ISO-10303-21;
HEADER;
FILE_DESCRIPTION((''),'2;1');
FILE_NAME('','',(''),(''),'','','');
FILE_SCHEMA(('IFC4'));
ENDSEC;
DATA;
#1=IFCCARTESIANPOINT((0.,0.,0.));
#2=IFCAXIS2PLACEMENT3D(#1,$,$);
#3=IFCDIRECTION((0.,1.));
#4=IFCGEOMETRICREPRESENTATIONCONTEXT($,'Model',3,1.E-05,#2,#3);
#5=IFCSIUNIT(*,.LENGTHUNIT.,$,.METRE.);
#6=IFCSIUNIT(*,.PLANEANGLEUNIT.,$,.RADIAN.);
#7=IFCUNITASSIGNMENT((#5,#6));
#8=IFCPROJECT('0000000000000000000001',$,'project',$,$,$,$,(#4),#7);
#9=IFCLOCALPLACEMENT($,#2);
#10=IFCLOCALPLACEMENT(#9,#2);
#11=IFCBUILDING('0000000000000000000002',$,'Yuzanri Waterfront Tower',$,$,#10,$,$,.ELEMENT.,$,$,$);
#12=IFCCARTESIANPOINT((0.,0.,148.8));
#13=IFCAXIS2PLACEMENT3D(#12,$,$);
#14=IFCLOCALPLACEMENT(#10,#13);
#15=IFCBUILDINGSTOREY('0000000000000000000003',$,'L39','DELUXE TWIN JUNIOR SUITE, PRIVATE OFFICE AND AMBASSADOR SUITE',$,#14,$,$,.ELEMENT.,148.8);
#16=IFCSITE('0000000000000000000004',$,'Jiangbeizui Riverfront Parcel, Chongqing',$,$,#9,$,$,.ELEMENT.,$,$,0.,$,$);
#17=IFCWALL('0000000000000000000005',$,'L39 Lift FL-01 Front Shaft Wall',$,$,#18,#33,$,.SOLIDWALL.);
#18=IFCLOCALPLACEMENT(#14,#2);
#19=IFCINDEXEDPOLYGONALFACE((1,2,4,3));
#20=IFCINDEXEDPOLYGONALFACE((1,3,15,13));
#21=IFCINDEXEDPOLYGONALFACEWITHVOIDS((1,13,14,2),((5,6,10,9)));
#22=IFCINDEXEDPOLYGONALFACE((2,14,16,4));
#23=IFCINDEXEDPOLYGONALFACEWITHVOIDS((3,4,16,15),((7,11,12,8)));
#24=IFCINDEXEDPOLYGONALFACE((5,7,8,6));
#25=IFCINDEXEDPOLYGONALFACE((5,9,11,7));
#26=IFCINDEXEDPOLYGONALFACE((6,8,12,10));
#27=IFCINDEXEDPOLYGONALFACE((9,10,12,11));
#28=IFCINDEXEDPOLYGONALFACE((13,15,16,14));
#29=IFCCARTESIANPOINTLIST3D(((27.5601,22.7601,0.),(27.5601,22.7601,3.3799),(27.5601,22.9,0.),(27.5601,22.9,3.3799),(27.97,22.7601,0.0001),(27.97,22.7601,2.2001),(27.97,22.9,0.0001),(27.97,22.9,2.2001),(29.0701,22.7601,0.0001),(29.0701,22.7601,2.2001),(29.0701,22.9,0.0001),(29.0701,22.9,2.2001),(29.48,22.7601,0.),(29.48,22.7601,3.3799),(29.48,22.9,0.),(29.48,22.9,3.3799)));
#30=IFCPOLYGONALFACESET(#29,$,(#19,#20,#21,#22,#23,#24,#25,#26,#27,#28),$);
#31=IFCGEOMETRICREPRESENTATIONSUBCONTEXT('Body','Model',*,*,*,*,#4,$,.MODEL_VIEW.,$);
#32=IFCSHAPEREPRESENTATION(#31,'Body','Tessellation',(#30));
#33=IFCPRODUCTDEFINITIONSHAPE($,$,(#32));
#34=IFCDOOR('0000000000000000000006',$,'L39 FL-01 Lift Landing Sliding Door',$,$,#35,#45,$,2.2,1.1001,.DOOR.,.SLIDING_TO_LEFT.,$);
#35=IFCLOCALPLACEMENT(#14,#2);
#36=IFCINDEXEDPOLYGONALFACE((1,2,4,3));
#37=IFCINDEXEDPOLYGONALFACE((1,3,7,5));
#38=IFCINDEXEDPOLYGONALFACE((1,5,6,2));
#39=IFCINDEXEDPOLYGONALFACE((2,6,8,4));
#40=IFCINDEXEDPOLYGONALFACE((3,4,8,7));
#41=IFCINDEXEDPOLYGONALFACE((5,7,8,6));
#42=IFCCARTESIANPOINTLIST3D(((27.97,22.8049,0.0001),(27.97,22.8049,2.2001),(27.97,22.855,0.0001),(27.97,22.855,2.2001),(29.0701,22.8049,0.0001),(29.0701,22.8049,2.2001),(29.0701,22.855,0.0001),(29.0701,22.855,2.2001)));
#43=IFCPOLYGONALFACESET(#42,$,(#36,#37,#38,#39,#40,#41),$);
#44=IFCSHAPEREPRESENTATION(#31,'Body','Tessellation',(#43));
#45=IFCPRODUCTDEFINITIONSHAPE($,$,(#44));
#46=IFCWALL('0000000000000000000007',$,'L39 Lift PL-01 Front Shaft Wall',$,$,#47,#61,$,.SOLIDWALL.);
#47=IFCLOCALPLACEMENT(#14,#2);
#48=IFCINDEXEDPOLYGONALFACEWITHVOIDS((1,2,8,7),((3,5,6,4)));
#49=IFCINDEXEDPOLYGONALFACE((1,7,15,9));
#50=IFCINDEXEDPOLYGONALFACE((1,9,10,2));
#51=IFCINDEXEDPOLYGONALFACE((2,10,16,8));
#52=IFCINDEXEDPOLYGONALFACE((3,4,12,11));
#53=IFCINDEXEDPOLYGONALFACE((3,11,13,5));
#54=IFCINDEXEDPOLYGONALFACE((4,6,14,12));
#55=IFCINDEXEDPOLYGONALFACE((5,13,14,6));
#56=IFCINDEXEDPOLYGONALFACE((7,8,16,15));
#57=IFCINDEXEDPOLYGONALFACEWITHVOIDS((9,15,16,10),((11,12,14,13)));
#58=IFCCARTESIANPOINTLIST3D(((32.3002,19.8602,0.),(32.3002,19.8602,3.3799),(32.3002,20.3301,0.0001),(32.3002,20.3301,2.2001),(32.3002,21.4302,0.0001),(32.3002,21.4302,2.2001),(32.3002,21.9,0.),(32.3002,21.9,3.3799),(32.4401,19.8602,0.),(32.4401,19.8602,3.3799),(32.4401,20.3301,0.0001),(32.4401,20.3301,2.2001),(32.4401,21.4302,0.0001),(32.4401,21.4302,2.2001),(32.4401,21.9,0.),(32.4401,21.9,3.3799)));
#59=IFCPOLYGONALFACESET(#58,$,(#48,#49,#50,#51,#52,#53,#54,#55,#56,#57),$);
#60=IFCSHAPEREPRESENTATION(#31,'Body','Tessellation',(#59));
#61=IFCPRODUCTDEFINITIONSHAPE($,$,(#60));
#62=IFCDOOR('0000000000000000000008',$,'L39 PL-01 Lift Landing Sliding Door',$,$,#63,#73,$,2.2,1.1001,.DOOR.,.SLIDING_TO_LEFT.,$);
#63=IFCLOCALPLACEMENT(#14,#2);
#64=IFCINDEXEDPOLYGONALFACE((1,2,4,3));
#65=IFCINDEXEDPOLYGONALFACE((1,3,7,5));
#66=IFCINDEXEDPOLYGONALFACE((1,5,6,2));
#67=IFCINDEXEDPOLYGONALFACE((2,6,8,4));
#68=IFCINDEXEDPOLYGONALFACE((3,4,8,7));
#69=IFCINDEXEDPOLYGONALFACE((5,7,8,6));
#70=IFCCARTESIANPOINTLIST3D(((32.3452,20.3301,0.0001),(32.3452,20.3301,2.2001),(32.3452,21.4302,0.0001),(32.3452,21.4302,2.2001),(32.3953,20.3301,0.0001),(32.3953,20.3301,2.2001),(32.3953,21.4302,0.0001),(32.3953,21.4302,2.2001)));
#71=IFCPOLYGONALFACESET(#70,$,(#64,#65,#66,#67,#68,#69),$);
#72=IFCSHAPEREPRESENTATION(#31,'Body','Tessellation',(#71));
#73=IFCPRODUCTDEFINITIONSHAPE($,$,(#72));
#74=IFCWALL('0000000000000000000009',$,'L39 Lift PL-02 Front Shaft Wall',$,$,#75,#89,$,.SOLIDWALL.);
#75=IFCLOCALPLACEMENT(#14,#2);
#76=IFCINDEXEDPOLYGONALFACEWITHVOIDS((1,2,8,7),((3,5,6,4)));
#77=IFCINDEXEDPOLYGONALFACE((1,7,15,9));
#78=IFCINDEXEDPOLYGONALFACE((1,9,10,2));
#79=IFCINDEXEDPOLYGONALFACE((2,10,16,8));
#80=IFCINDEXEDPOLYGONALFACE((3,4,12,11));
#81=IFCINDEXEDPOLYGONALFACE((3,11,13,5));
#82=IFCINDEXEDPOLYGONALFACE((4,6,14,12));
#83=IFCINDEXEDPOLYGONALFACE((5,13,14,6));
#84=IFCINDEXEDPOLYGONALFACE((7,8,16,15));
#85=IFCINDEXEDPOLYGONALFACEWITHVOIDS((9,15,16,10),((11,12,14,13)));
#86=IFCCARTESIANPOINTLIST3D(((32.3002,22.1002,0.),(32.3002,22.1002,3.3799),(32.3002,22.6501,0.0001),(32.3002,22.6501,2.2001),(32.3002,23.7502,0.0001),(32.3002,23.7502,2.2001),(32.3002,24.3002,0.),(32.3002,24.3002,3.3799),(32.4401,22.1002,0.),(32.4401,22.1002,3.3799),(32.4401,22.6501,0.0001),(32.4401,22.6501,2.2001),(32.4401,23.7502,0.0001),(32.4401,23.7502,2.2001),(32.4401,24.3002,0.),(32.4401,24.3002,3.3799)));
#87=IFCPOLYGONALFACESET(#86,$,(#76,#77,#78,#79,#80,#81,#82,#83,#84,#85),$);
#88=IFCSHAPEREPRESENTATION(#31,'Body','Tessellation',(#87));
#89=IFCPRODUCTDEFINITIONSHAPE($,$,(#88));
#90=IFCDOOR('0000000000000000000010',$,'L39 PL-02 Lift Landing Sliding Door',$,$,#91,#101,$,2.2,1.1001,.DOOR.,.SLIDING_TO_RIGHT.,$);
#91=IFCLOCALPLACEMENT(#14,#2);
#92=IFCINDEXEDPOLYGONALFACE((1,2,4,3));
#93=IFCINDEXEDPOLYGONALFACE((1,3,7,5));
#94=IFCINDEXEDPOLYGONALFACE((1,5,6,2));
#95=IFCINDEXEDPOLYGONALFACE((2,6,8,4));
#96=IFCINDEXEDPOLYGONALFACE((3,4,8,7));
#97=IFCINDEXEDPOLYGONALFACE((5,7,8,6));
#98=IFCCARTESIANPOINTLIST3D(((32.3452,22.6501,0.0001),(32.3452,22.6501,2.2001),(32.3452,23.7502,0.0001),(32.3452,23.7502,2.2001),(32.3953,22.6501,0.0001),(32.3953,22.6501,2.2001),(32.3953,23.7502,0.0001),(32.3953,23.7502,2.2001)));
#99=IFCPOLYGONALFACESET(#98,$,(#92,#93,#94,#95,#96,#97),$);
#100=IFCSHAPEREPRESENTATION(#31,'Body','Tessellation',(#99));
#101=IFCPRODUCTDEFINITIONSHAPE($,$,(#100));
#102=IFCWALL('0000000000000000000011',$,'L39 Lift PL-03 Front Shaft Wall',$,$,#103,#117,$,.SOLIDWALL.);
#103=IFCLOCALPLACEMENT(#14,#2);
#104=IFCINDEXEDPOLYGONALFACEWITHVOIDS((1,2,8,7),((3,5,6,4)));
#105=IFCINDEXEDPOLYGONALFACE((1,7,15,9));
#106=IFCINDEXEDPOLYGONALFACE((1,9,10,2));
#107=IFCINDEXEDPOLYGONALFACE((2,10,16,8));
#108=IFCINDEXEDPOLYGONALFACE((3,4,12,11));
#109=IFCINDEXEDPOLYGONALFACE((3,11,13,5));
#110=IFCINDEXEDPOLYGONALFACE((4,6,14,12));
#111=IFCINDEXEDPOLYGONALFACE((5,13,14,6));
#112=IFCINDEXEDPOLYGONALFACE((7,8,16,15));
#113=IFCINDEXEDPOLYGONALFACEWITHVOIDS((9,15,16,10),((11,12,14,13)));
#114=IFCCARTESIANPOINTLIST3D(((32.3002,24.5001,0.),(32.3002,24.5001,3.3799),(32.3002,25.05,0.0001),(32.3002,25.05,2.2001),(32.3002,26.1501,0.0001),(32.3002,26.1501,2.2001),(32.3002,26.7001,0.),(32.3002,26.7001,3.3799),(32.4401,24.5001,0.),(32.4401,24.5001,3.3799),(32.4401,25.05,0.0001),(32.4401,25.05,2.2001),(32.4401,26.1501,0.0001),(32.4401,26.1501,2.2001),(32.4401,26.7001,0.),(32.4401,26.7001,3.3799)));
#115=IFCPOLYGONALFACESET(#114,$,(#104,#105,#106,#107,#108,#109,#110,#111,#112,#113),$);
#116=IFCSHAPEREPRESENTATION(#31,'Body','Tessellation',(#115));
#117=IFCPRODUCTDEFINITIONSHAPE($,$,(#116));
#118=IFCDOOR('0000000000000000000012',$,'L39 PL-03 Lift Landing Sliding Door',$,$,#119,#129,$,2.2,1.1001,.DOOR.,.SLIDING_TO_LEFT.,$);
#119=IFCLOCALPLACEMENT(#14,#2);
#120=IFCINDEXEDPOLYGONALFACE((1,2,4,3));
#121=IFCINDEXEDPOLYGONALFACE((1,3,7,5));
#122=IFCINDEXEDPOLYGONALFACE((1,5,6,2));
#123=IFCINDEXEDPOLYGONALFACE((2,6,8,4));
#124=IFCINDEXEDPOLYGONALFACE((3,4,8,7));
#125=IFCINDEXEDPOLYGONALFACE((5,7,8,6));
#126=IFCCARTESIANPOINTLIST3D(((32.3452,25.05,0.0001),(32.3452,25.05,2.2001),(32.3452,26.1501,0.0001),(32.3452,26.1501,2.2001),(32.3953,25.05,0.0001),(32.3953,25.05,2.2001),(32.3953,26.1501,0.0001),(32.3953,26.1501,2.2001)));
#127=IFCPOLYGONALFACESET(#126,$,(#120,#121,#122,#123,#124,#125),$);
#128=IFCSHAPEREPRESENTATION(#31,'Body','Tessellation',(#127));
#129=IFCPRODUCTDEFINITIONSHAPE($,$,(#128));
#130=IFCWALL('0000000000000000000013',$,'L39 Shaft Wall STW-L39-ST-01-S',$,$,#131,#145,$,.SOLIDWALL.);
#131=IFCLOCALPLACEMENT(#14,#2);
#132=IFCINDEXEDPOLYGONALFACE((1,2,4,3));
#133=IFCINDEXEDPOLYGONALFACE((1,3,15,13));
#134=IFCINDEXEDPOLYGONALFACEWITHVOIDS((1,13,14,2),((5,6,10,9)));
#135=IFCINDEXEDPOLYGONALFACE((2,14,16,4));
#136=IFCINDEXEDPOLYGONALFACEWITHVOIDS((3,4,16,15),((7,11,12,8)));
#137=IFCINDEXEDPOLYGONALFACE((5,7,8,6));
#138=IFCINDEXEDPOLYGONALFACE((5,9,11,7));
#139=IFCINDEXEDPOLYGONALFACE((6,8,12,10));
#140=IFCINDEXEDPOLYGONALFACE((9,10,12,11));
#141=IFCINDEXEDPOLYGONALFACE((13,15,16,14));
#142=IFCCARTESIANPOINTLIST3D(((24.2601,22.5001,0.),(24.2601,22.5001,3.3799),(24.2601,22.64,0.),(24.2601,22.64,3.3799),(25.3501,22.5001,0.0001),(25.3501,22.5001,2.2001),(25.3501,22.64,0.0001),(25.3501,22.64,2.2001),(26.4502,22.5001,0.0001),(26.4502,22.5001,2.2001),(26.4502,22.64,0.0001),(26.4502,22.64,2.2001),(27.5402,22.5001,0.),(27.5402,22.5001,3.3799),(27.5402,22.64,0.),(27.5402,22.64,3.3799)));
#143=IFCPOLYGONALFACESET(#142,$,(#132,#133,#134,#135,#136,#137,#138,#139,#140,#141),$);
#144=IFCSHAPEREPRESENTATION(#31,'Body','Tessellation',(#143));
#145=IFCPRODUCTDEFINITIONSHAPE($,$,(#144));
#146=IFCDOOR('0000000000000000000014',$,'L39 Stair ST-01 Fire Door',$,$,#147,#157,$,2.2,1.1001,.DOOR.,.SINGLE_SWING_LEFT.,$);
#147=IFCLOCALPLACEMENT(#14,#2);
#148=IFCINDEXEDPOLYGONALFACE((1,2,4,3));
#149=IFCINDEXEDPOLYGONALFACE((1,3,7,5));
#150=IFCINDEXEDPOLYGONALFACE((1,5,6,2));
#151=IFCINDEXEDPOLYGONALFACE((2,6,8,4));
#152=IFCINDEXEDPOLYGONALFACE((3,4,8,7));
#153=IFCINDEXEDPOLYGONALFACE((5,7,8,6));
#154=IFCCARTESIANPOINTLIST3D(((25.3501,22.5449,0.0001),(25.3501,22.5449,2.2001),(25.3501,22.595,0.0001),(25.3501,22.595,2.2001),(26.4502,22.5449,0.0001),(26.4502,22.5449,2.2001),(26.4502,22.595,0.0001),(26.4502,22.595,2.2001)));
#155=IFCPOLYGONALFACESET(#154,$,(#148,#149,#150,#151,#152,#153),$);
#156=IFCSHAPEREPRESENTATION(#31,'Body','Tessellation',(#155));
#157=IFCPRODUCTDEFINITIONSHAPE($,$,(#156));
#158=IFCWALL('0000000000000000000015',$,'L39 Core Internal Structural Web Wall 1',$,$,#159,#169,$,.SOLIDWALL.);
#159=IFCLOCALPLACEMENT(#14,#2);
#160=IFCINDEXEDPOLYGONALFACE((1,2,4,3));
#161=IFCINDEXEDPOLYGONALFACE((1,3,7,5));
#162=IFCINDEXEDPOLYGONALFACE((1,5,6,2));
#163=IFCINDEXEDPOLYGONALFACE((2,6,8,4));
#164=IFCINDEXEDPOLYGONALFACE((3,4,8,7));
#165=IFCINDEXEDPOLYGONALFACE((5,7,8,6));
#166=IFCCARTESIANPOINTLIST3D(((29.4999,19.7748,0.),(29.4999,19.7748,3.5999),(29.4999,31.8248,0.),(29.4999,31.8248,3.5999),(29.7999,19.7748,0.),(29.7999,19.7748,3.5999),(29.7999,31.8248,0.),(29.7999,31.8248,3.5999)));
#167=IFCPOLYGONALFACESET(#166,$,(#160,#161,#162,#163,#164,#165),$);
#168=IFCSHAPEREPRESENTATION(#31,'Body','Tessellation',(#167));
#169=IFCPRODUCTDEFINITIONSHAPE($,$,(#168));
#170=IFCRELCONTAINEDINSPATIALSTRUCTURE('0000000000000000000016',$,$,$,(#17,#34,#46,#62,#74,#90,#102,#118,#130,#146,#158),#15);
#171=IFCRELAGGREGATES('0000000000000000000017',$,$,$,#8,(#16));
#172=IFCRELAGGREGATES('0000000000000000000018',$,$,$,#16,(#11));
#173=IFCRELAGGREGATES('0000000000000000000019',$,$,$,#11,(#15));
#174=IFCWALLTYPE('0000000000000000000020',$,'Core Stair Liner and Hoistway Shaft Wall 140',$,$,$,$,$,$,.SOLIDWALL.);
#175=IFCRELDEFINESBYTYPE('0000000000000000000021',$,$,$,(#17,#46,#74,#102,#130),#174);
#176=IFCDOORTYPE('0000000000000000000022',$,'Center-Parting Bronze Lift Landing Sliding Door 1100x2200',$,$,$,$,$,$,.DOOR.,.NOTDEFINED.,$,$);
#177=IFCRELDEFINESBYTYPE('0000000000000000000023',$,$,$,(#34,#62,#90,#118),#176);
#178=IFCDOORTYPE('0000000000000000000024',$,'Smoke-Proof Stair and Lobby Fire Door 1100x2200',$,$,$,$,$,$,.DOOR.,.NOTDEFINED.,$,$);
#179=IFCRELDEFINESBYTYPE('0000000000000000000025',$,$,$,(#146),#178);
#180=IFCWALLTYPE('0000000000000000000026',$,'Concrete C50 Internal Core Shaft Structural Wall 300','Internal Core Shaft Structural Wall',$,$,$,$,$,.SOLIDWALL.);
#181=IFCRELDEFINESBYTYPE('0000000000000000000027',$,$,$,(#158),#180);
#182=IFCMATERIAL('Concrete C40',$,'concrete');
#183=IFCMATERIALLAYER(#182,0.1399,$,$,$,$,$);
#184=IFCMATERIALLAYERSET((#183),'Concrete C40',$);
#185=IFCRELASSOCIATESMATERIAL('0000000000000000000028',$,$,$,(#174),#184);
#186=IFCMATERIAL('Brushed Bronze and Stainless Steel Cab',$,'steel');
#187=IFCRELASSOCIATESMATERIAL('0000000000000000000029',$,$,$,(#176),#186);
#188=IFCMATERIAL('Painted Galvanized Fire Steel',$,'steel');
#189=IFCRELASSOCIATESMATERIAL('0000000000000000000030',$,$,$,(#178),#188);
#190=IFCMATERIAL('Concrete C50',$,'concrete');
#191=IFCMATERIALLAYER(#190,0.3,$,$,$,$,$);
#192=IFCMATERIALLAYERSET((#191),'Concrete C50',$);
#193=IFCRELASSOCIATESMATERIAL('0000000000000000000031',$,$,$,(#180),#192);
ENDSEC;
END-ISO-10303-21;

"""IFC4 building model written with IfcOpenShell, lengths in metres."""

from ifc_helpers import new_model, si_unit, direction, frame, frame_2d, origin, place, context, subcontext, project, spatial, rectangle, extrude, source, transform, mapped, material, layer, layer_set, type_object, element, fill, save


model = new_model("IFC4")

# Units and contexts
model_context = context("Model", 3, precision=1e-05, world=origin(), true_north=direction((0.0, 1.0)))
body_context = subcontext(model_context, "Body", "Model", "MODEL_VIEW")
ifc_project = project(units=[si_unit("LENGTHUNIT", "METRE"), si_unit("PLANEANGLEUNIT", "RADIAN")], contexts=[model_context])

# Site, building, storey
site_placement = place(None, origin())
site = spatial("IfcSite", under=ifc_project, at=site_placement, Name="Jiangbeizui Riverfront Parcel, Chongqing", CompositionType="ELEMENT", RefElevation=0.0)
building_placement = place(site_placement, origin())
building = spatial("IfcBuilding", under=site, at=building_placement, Name="Yuzanri Waterfront Tower", CompositionType="ELEMENT")
storey_placement = place(building_placement, frame((0.0, 0.0, 148.8)))
storey = spatial("IfcBuildingStorey", under=building, at=storey_placement, Name="L39", Description="DELUXE TWIN JUNIOR SUITE, PRIVATE OFFICE AND AMBASSADOR SUITE", CompositionType="ELEMENT", Elevation=148.8)

# Walls, openings, doors
ifc_material_1 = material(Name="Concrete C40", Category="concrete")
ifc_layer_1 = layer(ifc_material_1, 0.1399)
ifc_layer_set_1 = layer_set([ifc_layer_1], Name="Concrete C40")
wall_type_1 = type_object("IfcWallType", Name="Core Stair Liner and Hoistway Shaft Wall 140", PredefinedType="SOLIDWALL", material=ifc_layer_set_1)
wall_1_placement = place(storey_placement, frame((27.5601, 22.8301, 0.0), z_axis=(0.0, 0.0, 1.0), x_axis=(1.0, 0.0, 0.0)))
wall_1 = element("IfcWall", 1, at=wall_1_placement, inside=storey, type_object=wall_type_1, Name="L39 Lift FL-01 Front Shaft Wall", PredefinedType="SOLIDWALL", context=body_context, shape_type="SweptSolid", body=[
    extrude(rectangle(XDim=1.9199, YDim=0.1399, at=frame_2d((0.96, 0.0))), origin(), (0.0, 0.0, 1.0), 3.3799),
])
opening_1_placement = place(wall_1_placement, frame((0.4099, 0.0, 0.0)))
opening_1 = element("IfcOpeningElement", 2, at=opening_1_placement, cuts=wall_1, PredefinedType="OPENING", context=body_context, shape_type="SweptSolid", body=[
    extrude(rectangle(XDim=1.1001, YDim=2.2, at=frame_2d((0.55, 1.1001))), frame((0.0, 0.085, 0.0), z_axis=(0.0, -1.0, 0.0), x_axis=(1.0, 0.0, 0.0)), (0.0, 0.0, 1.0), 0.1697),
])
ifc_material_2 = material(Name="Brushed Bronze and Stainless Steel Cab", Category="steel")
door_type_1 = type_object("IfcDoorType", Name="Center-Parting Bronze Lift Landing Sliding Door 1100x2200", OperationType="NOTDEFINED", PredefinedType="DOOR", material=ifc_material_2)
shared_shape_1 = source(origin(), body_context, "Body", "SweptSolid", [
    extrude(rectangle(XDim=1.1001, YDim=2.2, at=frame_2d((0.55, 1.1001))), frame((0.0, 0.0249, 0.0), z_axis=(0.0, -1.0, 0.0), x_axis=(1.0, 0.0, 0.0)), (0.0, 0.0, 1.0), 0.05),
])
door_1_placement = place(opening_1_placement, origin())
door_1 = element("IfcDoor", 3, at=door_1_placement, inside=storey, type_object=door_type_1, Name="L39 FL-01 Lift Landing Sliding Door", OperationType="SLIDING_TO_LEFT", OverallHeight=2.2, OverallWidth=1.1001, PredefinedType="DOOR", context=body_context, shape_type="MappedRepresentation", body=[
    mapped(shared_shape_1, transform((0.0, 0.0, 0.0), scale=1.0)),
])
fill(opening_1, door_1)
wall_2_placement = place(storey_placement, frame((32.3701, 19.8601, 0.0), z_axis=(0.0, 0.0, 1.0), x_axis=(0.0, 1.0, 0.0)))
wall_2 = element("IfcWall", 4, at=wall_2_placement, inside=storey, type_object=wall_type_1, Name="L39 Lift PL-01 Front Shaft Wall", PredefinedType="SOLIDWALL", context=body_context, shape_type="SweptSolid", body=[
    extrude(rectangle(XDim=2.0398, YDim=0.1399, at=frame_2d((1.02, 0.0))), origin(), (0.0, 0.0, 1.0), 3.3799),
])
opening_2_placement = place(wall_2_placement, frame((0.47, 0.0, 0.0)))
opening_2 = element("IfcOpeningElement", 5, at=opening_2_placement, cuts=wall_2, PredefinedType="OPENING", context=body_context, shape_type="SweptSolid", body=[
    extrude(rectangle(XDim=1.1001, YDim=2.2, at=frame_2d((0.55, 1.1001))), frame((0.0, 0.085, 0.0), z_axis=(0.0, -1.0, 0.0), x_axis=(1.0, 0.0, 0.0)), (0.0, 0.0, 1.0), 0.1697),
])
door_2_placement = place(opening_2_placement, origin())
door_2 = element("IfcDoor", 6, at=door_2_placement, inside=storey, type_object=door_type_1, Name="L39 PL-01 Lift Landing Sliding Door", OperationType="SLIDING_TO_LEFT", OverallHeight=2.2, OverallWidth=1.1001, PredefinedType="DOOR", context=body_context, shape_type="MappedRepresentation", body=[
    mapped(shared_shape_1, transform((0.0, 0.0, 0.0), scale=1.0)),
])
fill(opening_2, door_2)
wall_3_placement = place(storey_placement, frame((32.3701, 22.1001, 0.0), z_axis=(0.0, 0.0, 1.0), x_axis=(0.0, 1.0, 0.0)))
wall_3 = element("IfcWall", 7, at=wall_3_placement, inside=storey, type_object=wall_type_1, Name="L39 Lift PL-02 Front Shaft Wall", PredefinedType="SOLIDWALL", context=body_context, shape_type="SweptSolid", body=[
    extrude(rectangle(XDim=2.2, YDim=0.1399, at=frame_2d((1.1001, 0.0))), origin(), (0.0, 0.0, 1.0), 3.3799),
])
opening_3_placement = place(wall_3_placement, frame((0.55, 0.0, 0.0)))
opening_3 = element("IfcOpeningElement", 8, at=opening_3_placement, cuts=wall_3, PredefinedType="OPENING", context=body_context, shape_type="SweptSolid", body=[
    extrude(rectangle(XDim=1.1001, YDim=2.2, at=frame_2d((0.55, 1.1001))), frame((0.0, 0.085, 0.0), z_axis=(0.0, -1.0, 0.0), x_axis=(1.0, 0.0, 0.0)), (0.0, 0.0, 1.0), 0.1697),
])
door_3_placement = place(opening_3_placement, origin())
door_3 = element("IfcDoor", 9, at=door_3_placement, inside=storey, type_object=door_type_1, Name="L39 PL-02 Lift Landing Sliding Door", OperationType="SLIDING_TO_RIGHT", OverallHeight=2.2, OverallWidth=1.1001, PredefinedType="DOOR", context=body_context, shape_type="MappedRepresentation", body=[
    mapped(shared_shape_1, transform((0.0, 0.0, 0.0), scale=1.0)),
])
fill(opening_3, door_3)
wall_4_placement = place(storey_placement, frame((32.3701, 24.5, 0.0), z_axis=(0.0, 0.0, 1.0), x_axis=(0.0, 1.0, 0.0)))
wall_4 = element("IfcWall", 10, at=wall_4_placement, inside=storey, type_object=wall_type_1, Name="L39 Lift PL-03 Front Shaft Wall", PredefinedType="SOLIDWALL", context=body_context, shape_type="SweptSolid", body=[
    extrude(rectangle(XDim=2.2, YDim=0.1399, at=frame_2d((1.1001, 0.0))), origin(), (0.0, 0.0, 1.0), 3.3799),
])
opening_4_placement = place(wall_4_placement, frame((0.55, 0.0, 0.0)))
opening_4 = element("IfcOpeningElement", 11, at=opening_4_placement, cuts=wall_4, PredefinedType="OPENING", context=body_context, shape_type="SweptSolid", body=[
    extrude(rectangle(XDim=1.1001, YDim=2.2, at=frame_2d((0.55, 1.1001))), frame((0.0, 0.085, 0.0), z_axis=(0.0, -1.0, 0.0), x_axis=(1.0, 0.0, 0.0)), (0.0, 0.0, 1.0), 0.1697),
])
door_4_placement = place(opening_4_placement, origin())
door_4 = element("IfcDoor", 12, at=door_4_placement, inside=storey, type_object=door_type_1, Name="L39 PL-03 Lift Landing Sliding Door", OperationType="SLIDING_TO_LEFT", OverallHeight=2.2, OverallWidth=1.1001, PredefinedType="DOOR", context=body_context, shape_type="MappedRepresentation", body=[
    mapped(shared_shape_1, transform((0.0, 0.0, 0.0), scale=1.0)),
])
fill(opening_4, door_4)
wall_5_placement = place(storey_placement, frame((24.26, 22.5701, 0.0), z_axis=(0.0, 0.0, 1.0), x_axis=(1.0, 0.0, 0.0)))
wall_5 = element("IfcWall", 13, at=wall_5_placement, inside=storey, type_object=wall_type_1, Name="L39 Shaft Wall STW-L39-ST-01-S", PredefinedType="SOLIDWALL", context=body_context, shape_type="SweptSolid", body=[
    extrude(rectangle(XDim=3.28, YDim=0.1399, at=frame_2d((1.6401, 0.0))), origin(), (0.0, 0.0, 1.0), 3.3799),
])
opening_5_placement = place(wall_5_placement, frame((1.0901, 0.0, 0.0)))
opening_5 = element("IfcOpeningElement", 14, at=opening_5_placement, cuts=wall_5, PredefinedType="OPENING", context=body_context, shape_type="SweptSolid", body=[
    extrude(rectangle(XDim=1.1001, YDim=2.2, at=frame_2d((0.55, 1.1001))), frame((0.0, 0.085, 0.0), z_axis=(0.0, -1.0, 0.0), x_axis=(1.0, 0.0, 0.0)), (0.0, 0.0, 1.0), 0.1697),
])
ifc_material_3 = material(Name="Painted Galvanized Fire Steel", Category="steel")
door_type_2 = type_object("IfcDoorType", Name="Smoke-Proof Stair and Lobby Fire Door 1100x2200", OperationType="NOTDEFINED", PredefinedType="DOOR", material=ifc_material_3)
shared_shape_2 = source(origin(), body_context, "Body", "SweptSolid", [
    extrude(rectangle(XDim=1.1001, YDim=2.2, at=frame_2d((0.55, 1.1001))), frame((0.0, 0.0249, 0.0), z_axis=(0.0, -1.0, 0.0), x_axis=(1.0, 0.0, 0.0)), (0.0, 0.0, 1.0), 0.05),
])
door_5_placement = place(opening_5_placement, origin())
door_5 = element("IfcDoor", 15, at=door_5_placement, inside=storey, type_object=door_type_2, Name="L39 Stair ST-01 Fire Door", OperationType="SINGLE_SWING_LEFT", OverallHeight=2.2, OverallWidth=1.1001, PredefinedType="DOOR", context=body_context, shape_type="MappedRepresentation", body=[
    mapped(shared_shape_2, transform((0.0, 0.0, 0.0), scale=1.0)),
])
fill(opening_5, door_5)

# Wall
ifc_material_4 = material(Name="Concrete C50", Category="concrete")
ifc_layer_2 = layer(ifc_material_4, 0.3)
ifc_layer_set_2 = layer_set([ifc_layer_2], Name="Concrete C50")
wall_type_2 = type_object("IfcWallType", Name="Concrete C50 Internal Core Shaft Structural Wall 300", Description="Internal Core Shaft Structural Wall", PredefinedType="SOLIDWALL", material=ifc_layer_set_2)
shared_shape_3 = source(origin(), body_context, "Body", "SweptSolid", [
    extrude(rectangle(XDim=12.05, YDim=0.3, at=frame_2d((6.0249, 0.0))), origin(), (0.0, 0.0, 1.0), 3.5999),
])
wall_6_placement = place(storey_placement, frame((29.6499, 19.7749, 0.0), z_axis=(0.0, 0.0, 1.0), x_axis=(0.0, 1.0, 0.0)))
element("IfcWall", 16, at=wall_6_placement, inside=storey, type_object=wall_type_2, Name="L39 Core Internal Structural Web Wall 1", PredefinedType="SOLIDWALL", context=body_context, shape_type="MappedRepresentation", body=[
    mapped(shared_shape_3, transform((0.0, 0.0, 0.0), scale=1.0)),
])

save(model, "model.ifc")
